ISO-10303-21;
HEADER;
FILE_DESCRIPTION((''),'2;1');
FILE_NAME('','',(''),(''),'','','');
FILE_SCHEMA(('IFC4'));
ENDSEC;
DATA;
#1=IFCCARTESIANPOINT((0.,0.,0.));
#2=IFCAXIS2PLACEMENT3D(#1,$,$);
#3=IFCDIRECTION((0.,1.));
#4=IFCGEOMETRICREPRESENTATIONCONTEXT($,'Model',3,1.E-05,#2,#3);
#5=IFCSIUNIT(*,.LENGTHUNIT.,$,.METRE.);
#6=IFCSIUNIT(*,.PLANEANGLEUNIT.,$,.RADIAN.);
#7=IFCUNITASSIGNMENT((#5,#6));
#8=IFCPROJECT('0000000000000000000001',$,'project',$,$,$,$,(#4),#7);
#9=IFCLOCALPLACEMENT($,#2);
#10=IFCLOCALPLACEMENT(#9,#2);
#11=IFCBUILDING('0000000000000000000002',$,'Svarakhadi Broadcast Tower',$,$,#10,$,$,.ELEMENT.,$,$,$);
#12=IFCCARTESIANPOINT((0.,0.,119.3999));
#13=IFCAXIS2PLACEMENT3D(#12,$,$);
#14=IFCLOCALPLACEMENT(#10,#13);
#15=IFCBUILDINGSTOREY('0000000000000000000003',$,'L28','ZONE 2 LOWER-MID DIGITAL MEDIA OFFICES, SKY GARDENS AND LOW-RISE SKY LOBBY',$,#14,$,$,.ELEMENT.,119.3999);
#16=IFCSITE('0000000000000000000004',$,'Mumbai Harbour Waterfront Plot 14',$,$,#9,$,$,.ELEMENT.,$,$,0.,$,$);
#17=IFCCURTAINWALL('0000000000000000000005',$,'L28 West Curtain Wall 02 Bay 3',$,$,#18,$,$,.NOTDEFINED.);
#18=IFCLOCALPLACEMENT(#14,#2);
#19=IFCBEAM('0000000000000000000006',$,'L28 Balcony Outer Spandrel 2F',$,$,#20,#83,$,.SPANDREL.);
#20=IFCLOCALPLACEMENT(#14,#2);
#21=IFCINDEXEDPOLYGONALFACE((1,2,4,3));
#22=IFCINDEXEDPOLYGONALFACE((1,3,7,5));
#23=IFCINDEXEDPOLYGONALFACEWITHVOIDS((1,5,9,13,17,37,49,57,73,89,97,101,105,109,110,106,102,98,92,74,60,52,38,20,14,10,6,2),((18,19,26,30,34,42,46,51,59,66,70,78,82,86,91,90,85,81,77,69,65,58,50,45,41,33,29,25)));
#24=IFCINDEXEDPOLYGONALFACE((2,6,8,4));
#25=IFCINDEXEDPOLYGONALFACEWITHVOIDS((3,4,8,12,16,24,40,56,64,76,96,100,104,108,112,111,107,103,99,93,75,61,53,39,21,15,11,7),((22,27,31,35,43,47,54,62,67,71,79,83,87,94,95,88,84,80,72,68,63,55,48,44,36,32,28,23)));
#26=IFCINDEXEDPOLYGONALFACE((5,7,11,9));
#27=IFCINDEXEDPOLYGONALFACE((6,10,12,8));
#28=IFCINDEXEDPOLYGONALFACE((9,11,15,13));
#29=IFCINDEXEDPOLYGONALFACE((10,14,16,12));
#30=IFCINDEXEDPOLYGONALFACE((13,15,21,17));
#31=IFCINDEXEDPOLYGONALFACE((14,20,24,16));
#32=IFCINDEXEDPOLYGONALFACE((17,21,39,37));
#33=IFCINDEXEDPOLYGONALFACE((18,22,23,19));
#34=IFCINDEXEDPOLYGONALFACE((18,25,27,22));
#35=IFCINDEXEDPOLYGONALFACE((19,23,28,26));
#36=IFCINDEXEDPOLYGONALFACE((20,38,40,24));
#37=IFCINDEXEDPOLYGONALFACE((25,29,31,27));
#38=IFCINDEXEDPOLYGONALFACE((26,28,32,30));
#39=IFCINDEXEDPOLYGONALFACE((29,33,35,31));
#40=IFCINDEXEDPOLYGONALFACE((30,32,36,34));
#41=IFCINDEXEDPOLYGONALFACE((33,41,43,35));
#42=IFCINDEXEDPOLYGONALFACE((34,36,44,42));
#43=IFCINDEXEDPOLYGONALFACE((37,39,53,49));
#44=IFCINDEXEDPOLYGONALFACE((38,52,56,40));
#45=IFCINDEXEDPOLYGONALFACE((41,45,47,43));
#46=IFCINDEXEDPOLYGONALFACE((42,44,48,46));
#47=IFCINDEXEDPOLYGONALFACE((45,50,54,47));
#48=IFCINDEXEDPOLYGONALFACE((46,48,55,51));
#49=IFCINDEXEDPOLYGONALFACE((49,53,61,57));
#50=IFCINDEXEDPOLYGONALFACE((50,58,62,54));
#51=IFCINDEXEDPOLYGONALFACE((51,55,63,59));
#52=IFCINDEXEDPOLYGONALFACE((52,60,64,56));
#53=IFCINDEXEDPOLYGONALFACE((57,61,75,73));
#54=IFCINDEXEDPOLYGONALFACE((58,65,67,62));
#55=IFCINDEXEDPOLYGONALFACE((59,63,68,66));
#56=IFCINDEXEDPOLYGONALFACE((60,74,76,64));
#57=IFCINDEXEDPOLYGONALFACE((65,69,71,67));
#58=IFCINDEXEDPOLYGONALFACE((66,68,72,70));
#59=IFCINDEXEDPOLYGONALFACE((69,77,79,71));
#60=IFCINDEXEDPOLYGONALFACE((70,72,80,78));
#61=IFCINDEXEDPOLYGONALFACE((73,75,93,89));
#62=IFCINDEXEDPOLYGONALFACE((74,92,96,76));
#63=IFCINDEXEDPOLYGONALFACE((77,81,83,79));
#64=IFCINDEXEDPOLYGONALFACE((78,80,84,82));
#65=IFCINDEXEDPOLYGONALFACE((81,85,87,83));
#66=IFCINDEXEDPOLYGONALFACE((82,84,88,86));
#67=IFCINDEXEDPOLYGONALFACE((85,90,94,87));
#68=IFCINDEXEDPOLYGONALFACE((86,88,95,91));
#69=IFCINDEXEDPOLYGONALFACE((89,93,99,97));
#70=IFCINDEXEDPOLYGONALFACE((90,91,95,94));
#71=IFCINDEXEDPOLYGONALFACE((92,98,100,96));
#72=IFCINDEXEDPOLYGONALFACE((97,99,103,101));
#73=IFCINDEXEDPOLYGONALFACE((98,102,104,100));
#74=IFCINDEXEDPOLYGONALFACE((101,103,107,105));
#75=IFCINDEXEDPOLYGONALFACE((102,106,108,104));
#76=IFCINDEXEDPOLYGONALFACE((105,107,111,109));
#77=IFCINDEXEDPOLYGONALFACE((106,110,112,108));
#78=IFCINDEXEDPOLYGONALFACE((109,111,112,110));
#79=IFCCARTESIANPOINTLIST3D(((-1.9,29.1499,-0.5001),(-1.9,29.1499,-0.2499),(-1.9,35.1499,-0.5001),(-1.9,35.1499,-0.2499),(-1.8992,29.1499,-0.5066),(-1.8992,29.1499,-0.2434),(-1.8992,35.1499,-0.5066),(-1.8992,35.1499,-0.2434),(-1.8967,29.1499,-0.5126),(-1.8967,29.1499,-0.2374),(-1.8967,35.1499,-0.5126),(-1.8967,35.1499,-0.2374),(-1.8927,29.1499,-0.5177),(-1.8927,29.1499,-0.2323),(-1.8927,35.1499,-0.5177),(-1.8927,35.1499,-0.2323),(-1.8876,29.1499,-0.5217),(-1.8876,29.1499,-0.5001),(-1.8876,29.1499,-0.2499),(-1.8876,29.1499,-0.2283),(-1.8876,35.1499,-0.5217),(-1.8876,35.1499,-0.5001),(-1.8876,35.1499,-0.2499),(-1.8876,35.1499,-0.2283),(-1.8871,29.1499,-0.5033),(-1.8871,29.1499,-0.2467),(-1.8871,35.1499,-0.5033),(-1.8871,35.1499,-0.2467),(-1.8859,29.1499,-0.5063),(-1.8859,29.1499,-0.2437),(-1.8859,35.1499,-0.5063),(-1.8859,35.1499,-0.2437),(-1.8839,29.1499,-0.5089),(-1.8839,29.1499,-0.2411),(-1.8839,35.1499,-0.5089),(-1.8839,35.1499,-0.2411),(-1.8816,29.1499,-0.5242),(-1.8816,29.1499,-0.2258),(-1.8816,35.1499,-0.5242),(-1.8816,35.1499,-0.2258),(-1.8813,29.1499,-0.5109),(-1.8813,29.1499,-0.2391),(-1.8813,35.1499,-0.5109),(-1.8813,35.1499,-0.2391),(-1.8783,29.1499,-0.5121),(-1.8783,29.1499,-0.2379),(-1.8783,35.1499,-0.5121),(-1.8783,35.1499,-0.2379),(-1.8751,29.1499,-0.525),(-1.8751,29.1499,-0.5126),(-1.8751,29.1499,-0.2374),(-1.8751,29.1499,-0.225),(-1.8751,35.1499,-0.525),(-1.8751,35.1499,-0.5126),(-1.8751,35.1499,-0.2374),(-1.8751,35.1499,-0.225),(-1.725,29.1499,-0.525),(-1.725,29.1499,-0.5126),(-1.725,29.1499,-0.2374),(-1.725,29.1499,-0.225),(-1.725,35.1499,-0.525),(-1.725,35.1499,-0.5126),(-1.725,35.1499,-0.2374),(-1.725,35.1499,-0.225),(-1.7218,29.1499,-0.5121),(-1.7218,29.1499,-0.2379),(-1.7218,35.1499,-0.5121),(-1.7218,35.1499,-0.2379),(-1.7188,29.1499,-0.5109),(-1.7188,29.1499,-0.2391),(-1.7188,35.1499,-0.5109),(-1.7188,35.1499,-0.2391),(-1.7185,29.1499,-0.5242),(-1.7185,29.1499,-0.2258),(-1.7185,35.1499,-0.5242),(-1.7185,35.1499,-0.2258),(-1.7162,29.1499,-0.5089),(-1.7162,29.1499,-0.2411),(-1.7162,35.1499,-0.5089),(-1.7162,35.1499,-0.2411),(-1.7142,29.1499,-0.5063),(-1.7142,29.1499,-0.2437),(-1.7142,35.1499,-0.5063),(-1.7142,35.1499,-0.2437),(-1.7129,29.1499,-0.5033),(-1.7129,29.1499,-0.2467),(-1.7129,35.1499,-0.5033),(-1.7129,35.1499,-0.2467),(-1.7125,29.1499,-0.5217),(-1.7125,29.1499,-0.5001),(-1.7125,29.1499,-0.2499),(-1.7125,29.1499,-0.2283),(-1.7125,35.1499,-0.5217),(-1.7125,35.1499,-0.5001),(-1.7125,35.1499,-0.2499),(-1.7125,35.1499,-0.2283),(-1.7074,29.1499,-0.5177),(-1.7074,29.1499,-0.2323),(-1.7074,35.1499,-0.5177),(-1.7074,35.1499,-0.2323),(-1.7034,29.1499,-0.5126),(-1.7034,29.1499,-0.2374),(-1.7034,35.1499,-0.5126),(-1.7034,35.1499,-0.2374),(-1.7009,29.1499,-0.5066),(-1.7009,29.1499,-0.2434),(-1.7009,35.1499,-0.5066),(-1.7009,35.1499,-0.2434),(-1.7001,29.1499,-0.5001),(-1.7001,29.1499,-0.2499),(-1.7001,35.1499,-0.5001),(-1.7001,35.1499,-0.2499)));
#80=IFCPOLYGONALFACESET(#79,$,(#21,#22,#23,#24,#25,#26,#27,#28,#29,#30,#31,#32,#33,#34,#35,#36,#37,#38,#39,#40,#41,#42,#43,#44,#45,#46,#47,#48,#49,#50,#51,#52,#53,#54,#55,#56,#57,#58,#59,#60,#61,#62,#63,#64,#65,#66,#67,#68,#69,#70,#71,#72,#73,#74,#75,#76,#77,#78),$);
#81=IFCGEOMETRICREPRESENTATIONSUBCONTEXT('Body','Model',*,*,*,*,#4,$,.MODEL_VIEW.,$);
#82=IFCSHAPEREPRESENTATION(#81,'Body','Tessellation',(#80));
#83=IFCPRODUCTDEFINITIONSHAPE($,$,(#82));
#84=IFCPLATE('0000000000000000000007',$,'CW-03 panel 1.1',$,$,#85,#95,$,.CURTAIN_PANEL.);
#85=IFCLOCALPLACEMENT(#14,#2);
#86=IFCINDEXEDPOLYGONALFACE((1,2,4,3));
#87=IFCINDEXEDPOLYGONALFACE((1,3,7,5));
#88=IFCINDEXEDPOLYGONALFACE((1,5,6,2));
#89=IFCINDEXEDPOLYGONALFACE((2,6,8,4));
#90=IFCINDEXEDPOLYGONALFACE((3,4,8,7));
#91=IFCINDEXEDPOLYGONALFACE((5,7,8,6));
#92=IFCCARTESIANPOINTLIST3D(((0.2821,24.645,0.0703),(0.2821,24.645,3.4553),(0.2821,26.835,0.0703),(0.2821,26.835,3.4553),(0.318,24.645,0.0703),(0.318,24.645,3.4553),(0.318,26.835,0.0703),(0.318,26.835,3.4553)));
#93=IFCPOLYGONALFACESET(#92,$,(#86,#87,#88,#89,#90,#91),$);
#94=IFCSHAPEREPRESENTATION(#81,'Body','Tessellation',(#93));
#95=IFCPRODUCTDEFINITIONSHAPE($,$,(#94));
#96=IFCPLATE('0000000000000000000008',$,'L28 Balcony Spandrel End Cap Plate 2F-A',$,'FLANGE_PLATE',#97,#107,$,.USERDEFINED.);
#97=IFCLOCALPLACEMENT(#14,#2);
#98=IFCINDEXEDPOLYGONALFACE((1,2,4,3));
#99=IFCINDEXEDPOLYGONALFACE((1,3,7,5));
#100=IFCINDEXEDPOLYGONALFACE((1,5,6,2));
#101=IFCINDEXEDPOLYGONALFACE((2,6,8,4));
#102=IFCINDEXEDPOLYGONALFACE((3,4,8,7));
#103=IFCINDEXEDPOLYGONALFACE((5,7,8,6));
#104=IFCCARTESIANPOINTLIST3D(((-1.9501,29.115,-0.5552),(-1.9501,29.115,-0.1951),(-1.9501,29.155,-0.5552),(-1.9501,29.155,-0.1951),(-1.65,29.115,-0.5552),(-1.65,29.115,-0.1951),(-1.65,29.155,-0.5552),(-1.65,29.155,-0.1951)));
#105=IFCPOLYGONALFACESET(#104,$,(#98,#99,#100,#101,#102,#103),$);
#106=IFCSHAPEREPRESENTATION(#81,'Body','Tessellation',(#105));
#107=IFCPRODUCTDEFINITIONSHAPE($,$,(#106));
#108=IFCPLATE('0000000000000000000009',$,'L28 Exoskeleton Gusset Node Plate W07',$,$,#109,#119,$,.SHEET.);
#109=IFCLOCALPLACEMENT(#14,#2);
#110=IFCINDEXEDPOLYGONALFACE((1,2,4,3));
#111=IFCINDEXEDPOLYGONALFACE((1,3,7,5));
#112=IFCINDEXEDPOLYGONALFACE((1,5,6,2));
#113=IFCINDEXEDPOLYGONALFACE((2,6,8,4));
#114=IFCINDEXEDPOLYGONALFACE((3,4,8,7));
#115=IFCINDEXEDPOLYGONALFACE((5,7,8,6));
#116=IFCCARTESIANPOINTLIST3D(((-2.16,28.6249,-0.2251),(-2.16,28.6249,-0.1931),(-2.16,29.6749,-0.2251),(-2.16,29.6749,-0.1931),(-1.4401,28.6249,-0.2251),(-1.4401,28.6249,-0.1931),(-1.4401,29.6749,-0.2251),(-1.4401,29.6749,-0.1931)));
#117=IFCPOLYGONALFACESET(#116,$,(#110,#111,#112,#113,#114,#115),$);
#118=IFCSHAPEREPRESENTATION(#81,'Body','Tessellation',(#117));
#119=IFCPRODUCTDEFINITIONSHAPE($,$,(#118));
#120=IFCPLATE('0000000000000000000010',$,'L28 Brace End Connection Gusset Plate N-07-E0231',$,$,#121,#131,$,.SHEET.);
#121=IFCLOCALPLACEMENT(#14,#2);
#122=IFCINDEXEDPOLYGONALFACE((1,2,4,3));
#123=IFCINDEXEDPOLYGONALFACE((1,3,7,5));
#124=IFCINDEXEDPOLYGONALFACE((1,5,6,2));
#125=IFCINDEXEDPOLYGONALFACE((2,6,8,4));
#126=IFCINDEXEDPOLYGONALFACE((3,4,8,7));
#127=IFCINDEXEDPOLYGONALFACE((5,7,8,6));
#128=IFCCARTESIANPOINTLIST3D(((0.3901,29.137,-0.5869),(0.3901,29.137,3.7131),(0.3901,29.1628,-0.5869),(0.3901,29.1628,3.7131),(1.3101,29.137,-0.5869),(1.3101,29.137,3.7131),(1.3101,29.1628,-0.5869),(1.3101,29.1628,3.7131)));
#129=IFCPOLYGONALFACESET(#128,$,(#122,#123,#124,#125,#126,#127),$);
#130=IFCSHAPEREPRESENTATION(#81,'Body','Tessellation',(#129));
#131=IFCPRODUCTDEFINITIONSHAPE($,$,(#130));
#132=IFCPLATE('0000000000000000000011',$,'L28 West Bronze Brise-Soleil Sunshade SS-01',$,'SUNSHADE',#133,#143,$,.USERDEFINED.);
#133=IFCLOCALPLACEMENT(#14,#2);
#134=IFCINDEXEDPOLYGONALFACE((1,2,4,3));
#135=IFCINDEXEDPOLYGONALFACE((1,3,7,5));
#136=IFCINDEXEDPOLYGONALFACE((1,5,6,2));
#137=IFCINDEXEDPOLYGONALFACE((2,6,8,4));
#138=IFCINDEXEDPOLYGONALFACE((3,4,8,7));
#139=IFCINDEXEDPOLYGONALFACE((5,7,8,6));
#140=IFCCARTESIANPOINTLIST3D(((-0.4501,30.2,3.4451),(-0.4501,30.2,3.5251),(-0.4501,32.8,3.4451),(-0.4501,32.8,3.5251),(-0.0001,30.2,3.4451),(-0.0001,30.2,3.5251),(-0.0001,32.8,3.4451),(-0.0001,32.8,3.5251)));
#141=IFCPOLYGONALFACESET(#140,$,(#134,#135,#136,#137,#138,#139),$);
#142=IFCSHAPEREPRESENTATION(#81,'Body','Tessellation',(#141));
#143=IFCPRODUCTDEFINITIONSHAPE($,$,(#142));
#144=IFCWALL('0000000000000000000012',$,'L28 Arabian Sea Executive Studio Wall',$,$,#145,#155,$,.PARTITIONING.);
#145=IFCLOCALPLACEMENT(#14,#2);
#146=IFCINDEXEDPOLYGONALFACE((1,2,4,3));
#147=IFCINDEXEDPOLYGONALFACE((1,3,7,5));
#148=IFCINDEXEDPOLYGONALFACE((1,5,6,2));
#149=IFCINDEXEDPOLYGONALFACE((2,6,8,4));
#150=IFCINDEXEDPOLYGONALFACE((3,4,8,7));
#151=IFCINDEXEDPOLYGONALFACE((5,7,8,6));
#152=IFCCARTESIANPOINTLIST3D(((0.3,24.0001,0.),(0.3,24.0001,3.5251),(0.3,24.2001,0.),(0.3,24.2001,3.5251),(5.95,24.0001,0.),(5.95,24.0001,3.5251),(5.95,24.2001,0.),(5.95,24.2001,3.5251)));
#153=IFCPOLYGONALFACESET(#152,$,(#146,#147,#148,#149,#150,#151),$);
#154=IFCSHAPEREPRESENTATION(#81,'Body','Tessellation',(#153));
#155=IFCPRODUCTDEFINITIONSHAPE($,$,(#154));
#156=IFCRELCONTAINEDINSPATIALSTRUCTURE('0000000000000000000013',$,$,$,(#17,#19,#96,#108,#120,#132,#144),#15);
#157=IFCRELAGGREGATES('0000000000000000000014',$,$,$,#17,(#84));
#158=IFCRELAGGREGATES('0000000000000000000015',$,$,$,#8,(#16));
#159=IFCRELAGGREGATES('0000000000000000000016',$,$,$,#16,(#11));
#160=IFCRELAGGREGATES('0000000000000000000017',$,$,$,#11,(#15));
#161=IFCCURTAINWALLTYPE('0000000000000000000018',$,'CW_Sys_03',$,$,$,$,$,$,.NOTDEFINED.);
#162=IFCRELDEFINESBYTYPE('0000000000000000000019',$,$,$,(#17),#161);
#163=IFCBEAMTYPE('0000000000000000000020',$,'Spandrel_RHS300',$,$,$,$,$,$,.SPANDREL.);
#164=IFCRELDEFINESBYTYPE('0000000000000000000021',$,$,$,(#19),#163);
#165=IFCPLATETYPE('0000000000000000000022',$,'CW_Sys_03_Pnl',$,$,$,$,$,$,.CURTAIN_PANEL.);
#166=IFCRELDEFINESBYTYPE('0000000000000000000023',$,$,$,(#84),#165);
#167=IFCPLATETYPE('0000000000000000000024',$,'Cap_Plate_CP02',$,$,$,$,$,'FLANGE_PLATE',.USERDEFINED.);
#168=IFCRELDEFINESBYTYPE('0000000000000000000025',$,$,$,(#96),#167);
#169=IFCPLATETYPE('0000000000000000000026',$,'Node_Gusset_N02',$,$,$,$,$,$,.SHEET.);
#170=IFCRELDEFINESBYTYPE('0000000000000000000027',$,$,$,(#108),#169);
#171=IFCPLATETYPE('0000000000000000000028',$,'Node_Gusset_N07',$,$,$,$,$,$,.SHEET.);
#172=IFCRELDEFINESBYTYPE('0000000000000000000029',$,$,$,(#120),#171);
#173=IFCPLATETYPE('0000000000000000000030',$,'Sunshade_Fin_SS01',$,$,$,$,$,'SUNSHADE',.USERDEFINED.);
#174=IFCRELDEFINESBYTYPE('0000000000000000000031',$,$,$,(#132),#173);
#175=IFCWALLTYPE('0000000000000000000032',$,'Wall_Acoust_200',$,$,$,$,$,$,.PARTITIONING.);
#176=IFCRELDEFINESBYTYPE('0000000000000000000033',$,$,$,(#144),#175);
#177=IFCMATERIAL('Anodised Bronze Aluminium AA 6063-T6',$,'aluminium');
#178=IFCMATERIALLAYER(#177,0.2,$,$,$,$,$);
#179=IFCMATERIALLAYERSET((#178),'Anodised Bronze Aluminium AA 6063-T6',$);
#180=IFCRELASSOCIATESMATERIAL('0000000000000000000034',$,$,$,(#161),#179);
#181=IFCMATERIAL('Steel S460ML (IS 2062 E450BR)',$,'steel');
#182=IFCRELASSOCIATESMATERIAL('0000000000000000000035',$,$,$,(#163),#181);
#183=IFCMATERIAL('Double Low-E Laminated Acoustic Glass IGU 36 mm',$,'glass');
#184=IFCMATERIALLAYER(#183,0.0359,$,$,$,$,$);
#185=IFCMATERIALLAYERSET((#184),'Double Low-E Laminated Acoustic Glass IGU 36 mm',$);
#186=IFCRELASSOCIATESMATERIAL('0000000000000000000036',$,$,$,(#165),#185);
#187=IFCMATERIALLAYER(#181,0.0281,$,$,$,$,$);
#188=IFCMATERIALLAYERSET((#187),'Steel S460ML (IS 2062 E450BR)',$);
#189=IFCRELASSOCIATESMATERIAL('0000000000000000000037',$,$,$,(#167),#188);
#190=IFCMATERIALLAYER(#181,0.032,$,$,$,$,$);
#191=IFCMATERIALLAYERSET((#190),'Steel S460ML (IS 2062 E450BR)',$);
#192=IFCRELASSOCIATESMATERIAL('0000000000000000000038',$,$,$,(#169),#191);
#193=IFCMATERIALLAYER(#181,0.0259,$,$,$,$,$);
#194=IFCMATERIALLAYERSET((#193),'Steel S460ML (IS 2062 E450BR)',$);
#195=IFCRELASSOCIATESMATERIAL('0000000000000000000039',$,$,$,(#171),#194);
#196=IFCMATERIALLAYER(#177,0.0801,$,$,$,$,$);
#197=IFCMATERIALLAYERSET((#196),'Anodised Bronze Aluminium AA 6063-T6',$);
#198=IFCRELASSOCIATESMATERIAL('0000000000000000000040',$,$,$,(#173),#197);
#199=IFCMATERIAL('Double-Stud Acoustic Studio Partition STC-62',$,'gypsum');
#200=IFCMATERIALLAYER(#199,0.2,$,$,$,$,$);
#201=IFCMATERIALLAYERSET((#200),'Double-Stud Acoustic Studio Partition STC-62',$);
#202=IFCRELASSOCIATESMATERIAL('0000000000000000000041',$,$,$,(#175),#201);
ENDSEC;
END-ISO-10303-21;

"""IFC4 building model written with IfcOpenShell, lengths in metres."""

from ifc_helpers import new_model, si_unit, direction, frame, frame_2d, origin, origin_2d, place, context, subcontext, project, spatial, rectangle, hollow_rectangle, extrude, material, layer, layer_set, material_profile, profile_set, type_object, element, aggregate, save


model = new_model("IFC4")

# Units and contexts
model_context = context("Model", 3, precision=1e-05, world=origin(), true_north=direction((0.0, 1.0)))
body_context = subcontext(model_context, "Body", "Model", "MODEL_VIEW")
ifc_project = project(units=[si_unit("LENGTHUNIT", "METRE"), si_unit("PLANEANGLEUNIT", "RADIAN")], contexts=[model_context])

# Site, building, storey
site_placement = place(None, origin())
site = spatial("IfcSite", under=ifc_project, at=site_placement, Name="Mumbai Harbour Waterfront Plot 14", CompositionType="ELEMENT", RefElevation=0.0)
building_placement = place(site_placement, origin())
building = spatial("IfcBuilding", under=site, at=building_placement, Name="Svarakhadi Broadcast Tower", CompositionType="ELEMENT")
storey_placement = place(building_placement, frame((0.0, 0.0, 119.3999)))
storey = spatial("IfcBuildingStorey", under=building, at=storey_placement, Name="L28", Description="ZONE 2 LOWER-MID DIGITAL MEDIA OFFICES, SKY GARDENS AND LOW-RISE SKY LOBBY", CompositionType="ELEMENT", Elevation=119.3999)

# Shared definitions
ifc_material_1 = material(Name="Steel S460ML (IS 2062 E450BR)", Category="steel")

# Shared definitions
ifc_material_2 = material(Name="Anodised Bronze Aluminium AA 6063-T6", Category="aluminium")
ifc_layer_1 = layer(ifc_material_2, 0.2)
ifc_layer_set_1 = layer_set([ifc_layer_1], Name="Anodised Bronze Aluminium AA 6063-T6")
curtain_wall_type = type_object("IfcCurtainWallType", Name="CW_Sys_03", PredefinedType="NOTDEFINED", material=ifc_layer_set_1)

# Curtain wall
curtain_wall_1_placement = place(storey_placement, origin())
curtain_wall_1 = element("IfcCurtainWall", 1, at=curtain_wall_1_placement, inside=storey, type_object=curtain_wall_type, Name="L28 West Curtain Wall 02 Bay 3", PredefinedType="NOTDEFINED")

# Beam
ifc_material_profile_1 = material_profile(ifc_material_1, hollow_rectangle(XDim=0.2, YDim=0.3, WallThickness=0.0125, InnerFilletRadius=0.0125, OuterFilletRadius=0.0249, at=origin_2d()), Name="RHS 300x200x12.5")
ifc_profile_set_1 = profile_set([ifc_material_profile_1], Name="Steel S460ML (IS 2062 E450BR)")
beam_type_1 = type_object("IfcBeamType", Name="Spandrel_RHS300", PredefinedType="SPANDREL", material=ifc_profile_set_1)
beam_1_placement = place(storey_placement, frame((-1.8, 29.1499, -0.375), z_axis=(0.0, 1.0, 0.0), x_axis=(-1.0, 0.0, 0.0)))
element("IfcBeam", 2, at=beam_1_placement, inside=storey, type_object=beam_type_1, Name="L28 Balcony Outer Spandrel 2F", PredefinedType="SPANDREL", context=body_context, shape_type="SweptSolid", body=[
    extrude(hollow_rectangle(XDim=0.2, YDim=0.3, WallThickness=0.0125, InnerFilletRadius=0.0125, OuterFilletRadius=0.0249, at=origin_2d()), origin(), (0.0, 0.0, 1.0), 6.0),
])

# Plate
ifc_material_3 = material(Name="Double Low-E Laminated Acoustic Glass IGU 36 mm", Category="glass")
ifc_layer_2 = layer(ifc_material_3, 0.0359)
ifc_layer_set_2 = layer_set([ifc_layer_2], Name="Double Low-E Laminated Acoustic Glass IGU 36 mm")
plate_type_1 = type_object("IfcPlateType", Name="CW_Sys_03_Pnl", PredefinedType="CURTAIN_PANEL", material=ifc_layer_set_2)
plate_1_placement = place(storey_placement, frame((0.3, 25.74, 0.0703), z_axis=(0.0, 0.0, 1.0), x_axis=(0.0, 1.0, 0.0)))
plate_1 = element("IfcPlate", 3, at=plate_1_placement, type_object=plate_type_1, Name="CW-03 panel 1.1", PredefinedType="CURTAIN_PANEL", context=body_context, shape_type="SweptSolid", body=[
    extrude(rectangle(XDim=2.1899, YDim=0.0359, at=origin_2d()), origin(), (0.0, 0.0, 1.0), 3.385),
])
aggregate(curtain_wall_1, [plate_1])

# Plates
ifc_layer_3 = layer(ifc_material_1, 0.0281)
ifc_layer_set_3 = layer_set([ifc_layer_3], Name="Steel S460ML (IS 2062 E450BR)")
plate_type_2 = type_object("IfcPlateType", Name="Cap_Plate_CP02", ElementType="FLANGE_PLATE", PredefinedType="USERDEFINED", material=ifc_layer_set_3)
plate_2_placement = place(storey_placement, frame((-1.8, 29.135, -0.5552), z_axis=(0.0, 0.0, 1.0), x_axis=(1.0, 0.0, 0.0)))
element("IfcPlate", 4, at=plate_2_placement, inside=storey, type_object=plate_type_2, Name="L28 Balcony Spandrel End Cap Plate 2F-A", ObjectType="FLANGE_PLATE", PredefinedType="USERDEFINED", context=body_context, shape_type="SweptSolid", body=[
    extrude(rectangle(XDim=0.3, YDim=0.04, at=origin_2d()), origin(), (0.0, 0.0, 1.0), 0.3601),
])
ifc_layer_4 = layer(ifc_material_1, 0.032)
ifc_layer_set_4 = layer_set([ifc_layer_4], Name="Steel S460ML (IS 2062 E450BR)")
plate_type_3 = type_object("IfcPlateType", Name="Node_Gusset_N02", PredefinedType="SHEET", material=ifc_layer_set_4)
plate_3_placement = place(storey_placement, frame((-1.8, 29.1499, -0.2251), z_axis=(0.0, 0.0, 1.0), x_axis=(0.0, 1.0, 0.0)))
element("IfcPlate", 5, at=plate_3_placement, inside=storey, type_object=plate_type_3, Name="L28 Exoskeleton Gusset Node Plate W07", PredefinedType="SHEET", context=body_context, shape_type="SweptSolid", body=[
    extrude(rectangle(XDim=1.05, YDim=0.72, at=origin_2d()), origin(), (0.0, 0.0, 1.0), 0.032),
])
ifc_layer_5 = layer(ifc_material_1, 0.0259)
ifc_layer_set_5 = layer_set([ifc_layer_5], Name="Steel S460ML (IS 2062 E450BR)")
plate_type_4 = type_object("IfcPlateType", Name="Node_Gusset_N07", PredefinedType="SHEET", material=ifc_layer_set_5)
plate_4_placement = place(storey_placement, frame((0.8501, 29.1499, -0.5869), z_axis=(0.0, 0.0, 1.0), x_axis=(1.0, 0.0, 0.0)))
element("IfcPlate", 6, at=plate_4_placement, inside=storey, type_object=plate_type_4, Name="L28 Brace End Connection Gusset Plate N-07-E0231", PredefinedType="SHEET", context=body_context, shape_type="SweptSolid", body=[
    extrude(rectangle(XDim=0.9199, YDim=0.0259, at=origin_2d()), origin(), (0.0, 0.0, 1.0), 4.3),
])
ifc_layer_6 = layer(ifc_material_2, 0.0801)
ifc_layer_set_6 = layer_set([ifc_layer_6], Name="Anodised Bronze Aluminium AA 6063-T6")
plate_type_5 = type_object("IfcPlateType", Name="Sunshade_Fin_SS01", ElementType="SUNSHADE", PredefinedType="USERDEFINED", material=ifc_layer_set_6)
plate_5_placement = place(storey_placement, frame((-0.2251, 31.5, 3.4451), z_axis=(0.0, 0.0, 1.0), x_axis=(0.0, 1.0, 0.0)))
element("IfcPlate", 7, at=plate_5_placement, inside=storey, type_object=plate_type_5, Name="L28 West Bronze Brise-Soleil Sunshade SS-01", ObjectType="SUNSHADE", PredefinedType="USERDEFINED", context=body_context, shape_type="SweptSolid", body=[
    extrude(rectangle(XDim=2.6001, YDim=0.45, at=origin_2d()), origin(), (0.0, 0.0, 1.0), 0.0801),
])

# Wall
ifc_material_4 = material(Name="Double-Stud Acoustic Studio Partition STC-62", Category="gypsum")
ifc_layer_7 = layer(ifc_material_4, 0.2)
ifc_layer_set_7 = layer_set([ifc_layer_7], Name="Double-Stud Acoustic Studio Partition STC-62")
wall_type_1 = type_object("IfcWallType", Name="Wall_Acoust_200", PredefinedType="PARTITIONING", material=ifc_layer_set_7)
wall_1_placement = place(storey_placement, frame((0.3, 24.1001, 0.0), z_axis=(0.0, 0.0, 1.0), x_axis=(1.0, 0.0, 0.0)))
element("IfcWall", 8, at=wall_1_placement, inside=storey, type_object=wall_type_1, Name="L28 Arabian Sea Executive Studio Wall", PredefinedType="PARTITIONING", context=body_context, shape_type="SweptSolid", body=[
    extrude(rectangle(XDim=5.6499, YDim=0.2, at=frame_2d((2.825, 0.0))), origin(), (0.0, 0.0, 1.0), 3.5251),
])

save(model, "model.ifc")
